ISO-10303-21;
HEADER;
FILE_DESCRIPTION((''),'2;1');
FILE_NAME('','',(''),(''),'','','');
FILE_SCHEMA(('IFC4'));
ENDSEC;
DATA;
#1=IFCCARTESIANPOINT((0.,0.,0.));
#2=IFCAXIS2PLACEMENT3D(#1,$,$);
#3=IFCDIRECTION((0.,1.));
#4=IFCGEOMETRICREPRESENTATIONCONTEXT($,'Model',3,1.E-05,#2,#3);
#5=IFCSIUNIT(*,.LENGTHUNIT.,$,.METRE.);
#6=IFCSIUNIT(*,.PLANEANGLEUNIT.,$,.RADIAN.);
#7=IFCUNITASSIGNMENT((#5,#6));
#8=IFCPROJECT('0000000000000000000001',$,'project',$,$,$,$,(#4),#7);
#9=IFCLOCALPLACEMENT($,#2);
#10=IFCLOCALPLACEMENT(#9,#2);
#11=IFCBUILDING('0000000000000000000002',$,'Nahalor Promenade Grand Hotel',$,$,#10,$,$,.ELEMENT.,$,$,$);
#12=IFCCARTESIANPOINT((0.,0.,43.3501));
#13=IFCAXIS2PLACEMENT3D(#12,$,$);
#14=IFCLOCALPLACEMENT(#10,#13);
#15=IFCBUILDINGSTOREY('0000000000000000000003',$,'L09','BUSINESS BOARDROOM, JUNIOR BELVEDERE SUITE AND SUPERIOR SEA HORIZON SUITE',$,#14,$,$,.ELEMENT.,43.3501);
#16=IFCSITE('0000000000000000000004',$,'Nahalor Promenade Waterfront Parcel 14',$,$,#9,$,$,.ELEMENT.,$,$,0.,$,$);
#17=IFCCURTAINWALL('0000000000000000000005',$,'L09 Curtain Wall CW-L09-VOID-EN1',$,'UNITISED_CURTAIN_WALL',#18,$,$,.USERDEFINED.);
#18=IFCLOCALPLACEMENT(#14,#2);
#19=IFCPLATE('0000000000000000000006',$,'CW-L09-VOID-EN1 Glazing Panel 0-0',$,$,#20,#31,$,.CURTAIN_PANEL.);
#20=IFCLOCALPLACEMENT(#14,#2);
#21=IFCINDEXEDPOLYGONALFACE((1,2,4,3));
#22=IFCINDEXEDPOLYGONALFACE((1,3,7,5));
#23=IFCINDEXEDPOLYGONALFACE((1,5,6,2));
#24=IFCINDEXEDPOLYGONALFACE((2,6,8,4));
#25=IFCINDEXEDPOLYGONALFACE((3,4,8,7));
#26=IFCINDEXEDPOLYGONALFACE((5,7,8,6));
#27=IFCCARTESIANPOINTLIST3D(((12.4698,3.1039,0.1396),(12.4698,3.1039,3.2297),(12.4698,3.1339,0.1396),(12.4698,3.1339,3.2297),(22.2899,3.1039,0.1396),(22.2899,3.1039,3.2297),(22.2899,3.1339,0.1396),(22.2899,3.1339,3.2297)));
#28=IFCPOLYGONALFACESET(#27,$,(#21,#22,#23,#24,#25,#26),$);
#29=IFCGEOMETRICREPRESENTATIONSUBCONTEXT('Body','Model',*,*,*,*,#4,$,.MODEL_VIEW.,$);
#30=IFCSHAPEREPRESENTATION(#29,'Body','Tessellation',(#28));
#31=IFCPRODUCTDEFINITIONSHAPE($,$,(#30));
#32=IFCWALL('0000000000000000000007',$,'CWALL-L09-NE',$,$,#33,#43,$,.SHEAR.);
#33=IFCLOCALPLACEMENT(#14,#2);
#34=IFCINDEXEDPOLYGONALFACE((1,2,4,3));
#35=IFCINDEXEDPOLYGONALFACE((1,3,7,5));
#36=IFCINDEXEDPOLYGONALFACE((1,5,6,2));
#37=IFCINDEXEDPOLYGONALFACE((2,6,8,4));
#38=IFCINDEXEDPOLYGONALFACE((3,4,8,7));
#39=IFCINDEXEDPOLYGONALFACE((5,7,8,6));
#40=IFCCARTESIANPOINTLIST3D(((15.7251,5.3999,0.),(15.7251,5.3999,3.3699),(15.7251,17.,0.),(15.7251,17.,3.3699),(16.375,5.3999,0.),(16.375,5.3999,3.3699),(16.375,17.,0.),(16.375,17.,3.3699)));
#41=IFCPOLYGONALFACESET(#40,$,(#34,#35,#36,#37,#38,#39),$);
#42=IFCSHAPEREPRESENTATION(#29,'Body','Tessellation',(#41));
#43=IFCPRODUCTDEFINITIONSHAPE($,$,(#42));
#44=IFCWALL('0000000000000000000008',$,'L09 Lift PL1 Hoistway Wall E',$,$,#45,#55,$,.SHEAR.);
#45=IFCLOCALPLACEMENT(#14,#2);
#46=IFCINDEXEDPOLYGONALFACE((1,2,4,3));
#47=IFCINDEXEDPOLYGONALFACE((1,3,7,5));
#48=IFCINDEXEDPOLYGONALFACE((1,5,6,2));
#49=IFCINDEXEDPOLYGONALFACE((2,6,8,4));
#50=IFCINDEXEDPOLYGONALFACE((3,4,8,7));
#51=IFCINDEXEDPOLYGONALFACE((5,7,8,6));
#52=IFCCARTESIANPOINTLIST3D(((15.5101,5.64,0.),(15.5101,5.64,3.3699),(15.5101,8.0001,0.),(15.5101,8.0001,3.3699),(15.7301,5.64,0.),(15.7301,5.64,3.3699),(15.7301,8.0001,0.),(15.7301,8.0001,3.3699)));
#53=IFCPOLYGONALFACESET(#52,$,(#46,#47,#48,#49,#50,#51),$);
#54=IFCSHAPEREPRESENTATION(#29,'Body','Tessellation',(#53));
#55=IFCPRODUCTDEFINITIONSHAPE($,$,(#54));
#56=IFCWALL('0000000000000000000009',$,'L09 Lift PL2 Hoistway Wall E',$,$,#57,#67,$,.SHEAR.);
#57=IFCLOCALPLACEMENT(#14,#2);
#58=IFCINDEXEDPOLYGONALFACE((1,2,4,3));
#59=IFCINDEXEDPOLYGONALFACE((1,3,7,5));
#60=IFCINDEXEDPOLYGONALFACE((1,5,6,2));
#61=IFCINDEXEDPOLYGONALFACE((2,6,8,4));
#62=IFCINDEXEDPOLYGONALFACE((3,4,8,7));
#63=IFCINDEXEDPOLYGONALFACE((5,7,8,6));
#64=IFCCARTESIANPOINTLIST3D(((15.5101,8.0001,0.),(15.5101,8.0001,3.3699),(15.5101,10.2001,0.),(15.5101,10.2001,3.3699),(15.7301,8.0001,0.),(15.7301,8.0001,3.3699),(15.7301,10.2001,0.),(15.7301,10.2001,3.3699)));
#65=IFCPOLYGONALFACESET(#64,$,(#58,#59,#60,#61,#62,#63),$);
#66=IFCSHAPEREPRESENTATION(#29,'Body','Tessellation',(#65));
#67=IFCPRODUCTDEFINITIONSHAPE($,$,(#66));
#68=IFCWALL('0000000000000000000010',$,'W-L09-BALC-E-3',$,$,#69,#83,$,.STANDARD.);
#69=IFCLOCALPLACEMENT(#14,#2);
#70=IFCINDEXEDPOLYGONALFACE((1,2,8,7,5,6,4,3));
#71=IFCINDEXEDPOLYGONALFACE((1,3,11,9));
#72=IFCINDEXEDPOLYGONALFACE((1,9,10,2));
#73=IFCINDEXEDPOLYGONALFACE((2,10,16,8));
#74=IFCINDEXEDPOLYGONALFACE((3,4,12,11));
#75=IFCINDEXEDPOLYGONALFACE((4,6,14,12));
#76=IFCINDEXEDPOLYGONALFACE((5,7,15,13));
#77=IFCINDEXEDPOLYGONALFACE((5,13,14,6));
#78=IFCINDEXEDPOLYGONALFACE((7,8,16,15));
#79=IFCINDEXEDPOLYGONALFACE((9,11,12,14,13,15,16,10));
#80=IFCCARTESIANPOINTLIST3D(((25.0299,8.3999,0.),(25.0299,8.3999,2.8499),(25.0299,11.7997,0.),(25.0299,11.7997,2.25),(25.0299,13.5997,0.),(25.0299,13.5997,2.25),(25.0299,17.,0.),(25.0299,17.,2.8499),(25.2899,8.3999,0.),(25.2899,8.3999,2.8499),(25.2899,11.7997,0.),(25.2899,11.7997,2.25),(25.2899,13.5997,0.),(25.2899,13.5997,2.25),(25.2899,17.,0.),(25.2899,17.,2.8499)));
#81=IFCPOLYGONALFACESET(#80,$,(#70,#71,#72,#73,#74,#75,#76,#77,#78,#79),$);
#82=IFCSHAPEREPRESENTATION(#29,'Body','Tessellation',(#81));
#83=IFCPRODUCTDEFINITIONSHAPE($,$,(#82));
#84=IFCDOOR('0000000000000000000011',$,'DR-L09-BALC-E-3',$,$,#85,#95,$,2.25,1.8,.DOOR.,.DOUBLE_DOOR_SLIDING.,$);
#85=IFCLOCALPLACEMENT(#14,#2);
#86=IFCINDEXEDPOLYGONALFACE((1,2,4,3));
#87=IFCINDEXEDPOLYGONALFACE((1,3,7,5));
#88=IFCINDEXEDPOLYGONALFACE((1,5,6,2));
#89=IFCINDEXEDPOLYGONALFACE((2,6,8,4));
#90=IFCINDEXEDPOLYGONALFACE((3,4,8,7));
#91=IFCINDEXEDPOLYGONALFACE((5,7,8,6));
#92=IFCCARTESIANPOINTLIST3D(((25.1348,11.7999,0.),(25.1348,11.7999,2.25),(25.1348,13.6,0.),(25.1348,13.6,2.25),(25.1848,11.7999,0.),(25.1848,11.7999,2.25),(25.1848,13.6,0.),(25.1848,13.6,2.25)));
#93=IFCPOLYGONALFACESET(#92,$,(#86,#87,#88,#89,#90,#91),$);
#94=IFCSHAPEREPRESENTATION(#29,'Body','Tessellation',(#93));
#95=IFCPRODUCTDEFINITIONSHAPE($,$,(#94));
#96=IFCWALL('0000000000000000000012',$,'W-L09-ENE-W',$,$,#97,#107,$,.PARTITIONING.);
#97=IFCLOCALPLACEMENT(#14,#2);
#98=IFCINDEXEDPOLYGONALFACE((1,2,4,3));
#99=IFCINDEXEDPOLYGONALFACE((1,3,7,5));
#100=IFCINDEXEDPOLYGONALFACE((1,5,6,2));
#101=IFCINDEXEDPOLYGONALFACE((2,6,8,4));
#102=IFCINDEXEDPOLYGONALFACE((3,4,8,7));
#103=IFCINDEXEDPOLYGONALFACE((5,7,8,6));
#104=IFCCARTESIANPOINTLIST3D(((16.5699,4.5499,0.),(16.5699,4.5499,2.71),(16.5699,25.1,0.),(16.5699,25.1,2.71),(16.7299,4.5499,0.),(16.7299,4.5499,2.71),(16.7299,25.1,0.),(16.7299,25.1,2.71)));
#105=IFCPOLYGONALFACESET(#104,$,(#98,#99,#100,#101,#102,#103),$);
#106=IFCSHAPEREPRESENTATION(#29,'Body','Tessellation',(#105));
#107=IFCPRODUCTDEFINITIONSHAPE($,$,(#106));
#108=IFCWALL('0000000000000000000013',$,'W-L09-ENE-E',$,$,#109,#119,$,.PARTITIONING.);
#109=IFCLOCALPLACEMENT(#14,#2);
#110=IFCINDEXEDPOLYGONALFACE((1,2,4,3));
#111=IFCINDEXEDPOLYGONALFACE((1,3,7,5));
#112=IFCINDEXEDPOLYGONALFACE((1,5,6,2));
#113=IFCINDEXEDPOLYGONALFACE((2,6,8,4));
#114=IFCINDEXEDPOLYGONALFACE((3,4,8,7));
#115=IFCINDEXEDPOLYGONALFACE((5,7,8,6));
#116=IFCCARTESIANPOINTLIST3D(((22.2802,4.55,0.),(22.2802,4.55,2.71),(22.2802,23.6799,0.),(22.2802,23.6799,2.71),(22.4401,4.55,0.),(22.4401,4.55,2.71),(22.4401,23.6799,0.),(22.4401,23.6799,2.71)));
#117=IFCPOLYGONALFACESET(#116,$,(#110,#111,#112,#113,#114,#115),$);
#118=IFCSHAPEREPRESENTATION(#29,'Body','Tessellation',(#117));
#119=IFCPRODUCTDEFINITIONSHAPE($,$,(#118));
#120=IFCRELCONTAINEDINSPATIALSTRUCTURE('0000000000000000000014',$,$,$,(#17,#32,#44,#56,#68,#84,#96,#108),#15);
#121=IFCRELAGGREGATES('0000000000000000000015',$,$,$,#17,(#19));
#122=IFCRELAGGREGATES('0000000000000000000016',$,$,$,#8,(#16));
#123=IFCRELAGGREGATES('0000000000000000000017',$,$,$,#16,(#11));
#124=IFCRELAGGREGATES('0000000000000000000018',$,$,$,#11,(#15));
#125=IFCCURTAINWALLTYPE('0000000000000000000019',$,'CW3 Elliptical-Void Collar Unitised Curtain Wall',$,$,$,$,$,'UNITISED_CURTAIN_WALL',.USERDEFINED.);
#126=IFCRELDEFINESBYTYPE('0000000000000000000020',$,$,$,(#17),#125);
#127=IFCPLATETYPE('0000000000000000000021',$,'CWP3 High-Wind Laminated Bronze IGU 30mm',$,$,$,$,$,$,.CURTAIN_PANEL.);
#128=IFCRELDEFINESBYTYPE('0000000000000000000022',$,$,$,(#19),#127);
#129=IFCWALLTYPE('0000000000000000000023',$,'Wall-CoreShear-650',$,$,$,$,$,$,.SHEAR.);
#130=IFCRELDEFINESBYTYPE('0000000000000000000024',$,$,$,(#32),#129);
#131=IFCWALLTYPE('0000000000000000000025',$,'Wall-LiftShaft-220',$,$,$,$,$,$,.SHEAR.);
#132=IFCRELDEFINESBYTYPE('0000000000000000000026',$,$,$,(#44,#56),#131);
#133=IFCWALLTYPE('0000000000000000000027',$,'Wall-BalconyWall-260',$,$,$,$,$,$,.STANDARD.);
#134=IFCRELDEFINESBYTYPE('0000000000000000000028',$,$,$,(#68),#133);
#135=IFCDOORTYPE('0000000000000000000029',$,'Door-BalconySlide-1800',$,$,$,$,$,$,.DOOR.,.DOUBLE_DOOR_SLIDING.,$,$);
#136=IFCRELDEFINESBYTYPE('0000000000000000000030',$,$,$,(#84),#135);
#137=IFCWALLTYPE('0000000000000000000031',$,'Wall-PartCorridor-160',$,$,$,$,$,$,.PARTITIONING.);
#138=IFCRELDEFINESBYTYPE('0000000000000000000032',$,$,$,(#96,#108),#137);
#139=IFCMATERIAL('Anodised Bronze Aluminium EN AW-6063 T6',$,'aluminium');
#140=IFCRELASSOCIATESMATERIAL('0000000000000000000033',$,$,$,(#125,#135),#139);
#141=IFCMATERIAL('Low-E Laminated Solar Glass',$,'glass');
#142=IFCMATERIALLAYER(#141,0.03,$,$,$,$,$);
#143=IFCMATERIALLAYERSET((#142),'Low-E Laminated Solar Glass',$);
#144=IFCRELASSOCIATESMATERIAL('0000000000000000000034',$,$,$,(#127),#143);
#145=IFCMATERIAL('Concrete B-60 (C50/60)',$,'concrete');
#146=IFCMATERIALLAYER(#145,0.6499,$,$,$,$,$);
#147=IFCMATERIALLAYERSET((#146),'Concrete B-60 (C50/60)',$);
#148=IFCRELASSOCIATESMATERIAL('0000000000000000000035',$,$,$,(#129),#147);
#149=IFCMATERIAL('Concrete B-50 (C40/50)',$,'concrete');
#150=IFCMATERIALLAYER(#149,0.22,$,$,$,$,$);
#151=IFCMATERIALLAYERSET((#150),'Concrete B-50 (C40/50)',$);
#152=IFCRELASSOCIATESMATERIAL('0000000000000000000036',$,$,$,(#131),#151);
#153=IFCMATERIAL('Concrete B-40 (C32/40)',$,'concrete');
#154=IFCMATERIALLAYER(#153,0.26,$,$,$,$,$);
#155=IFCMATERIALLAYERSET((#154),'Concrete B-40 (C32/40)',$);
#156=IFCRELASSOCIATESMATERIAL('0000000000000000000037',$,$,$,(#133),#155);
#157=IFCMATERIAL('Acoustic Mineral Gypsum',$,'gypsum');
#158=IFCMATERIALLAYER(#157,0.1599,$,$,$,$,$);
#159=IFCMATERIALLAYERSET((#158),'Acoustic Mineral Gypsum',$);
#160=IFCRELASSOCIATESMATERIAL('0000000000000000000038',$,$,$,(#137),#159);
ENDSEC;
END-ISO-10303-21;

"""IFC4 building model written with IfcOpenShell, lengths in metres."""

from ifc_helpers import new_model, si_unit, direction, frame, frame_2d, origin, origin_2d, place, context, subcontext, project, spatial, rectangle, extrude, source, transform, mapped, material, layer, layer_set, type_object, element, fill, aggregate, save


model = new_model("IFC4")

# Units and contexts
model_context = context("Model", 3, precision=1e-05, world=origin(), true_north=direction((0.0, 1.0)))
body_context = subcontext(model_context, "Body", "Model", "MODEL_VIEW")
ifc_project = project(units=[si_unit("LENGTHUNIT", "METRE"), si_unit("PLANEANGLEUNIT", "RADIAN")], contexts=[model_context])

# Site, building, storey
site_placement = place(None, origin())
site = spatial("IfcSite", under=ifc_project, at=site_placement, Name="Nahalor Promenade Waterfront Parcel 14", CompositionType="ELEMENT", RefElevation=0.0)
building_placement = place(site_placement, origin())
building = spatial("IfcBuilding", under=site, at=building_placement, Name="Nahalor Promenade Grand Hotel", CompositionType="ELEMENT")
storey_placement = place(building_placement, frame((0.0, 0.0, 43.3501)))
storey = spatial("IfcBuildingStorey", under=building, at=storey_placement, Name="L09", Description="BUSINESS BOARDROOM, JUNIOR BELVEDERE SUITE AND SUPERIOR SEA HORIZON SUITE", CompositionType="ELEMENT", Elevation=43.3501)

# Shared definitions
ifc_material_1 = material(Name="Anodised Bronze Aluminium EN AW-6063 T6", Category="aluminium")
curtain_wall_type = type_object("IfcCurtainWallType", Name="CW3 Elliptical-Void Collar Unitised Curtain Wall", ElementType="UNITISED_CURTAIN_WALL", PredefinedType="USERDEFINED", material=ifc_material_1)

# Curtain wall
curtain_wall_1_placement = place(storey_placement, origin())
curtain_wall_1 = element("IfcCurtainWall", 1, at=curtain_wall_1_placement, inside=storey, type_object=curtain_wall_type, Name="L09 Curtain Wall CW-L09-VOID-EN1", ObjectType="UNITISED_CURTAIN_WALL", PredefinedType="USERDEFINED")

# Plate
ifc_material_2 = material(Name="Low-E Laminated Solar Glass", Category="glass")
ifc_layer_1 = layer(ifc_material_2, 0.03)
ifc_layer_set_1 = layer_set([ifc_layer_1], Name="Low-E Laminated Solar Glass")
plate_type_1 = type_object("IfcPlateType", Name="CWP3 High-Wind Laminated Bronze IGU 30mm", PredefinedType="CURTAIN_PANEL", material=ifc_layer_set_1)
shared_shape_1 = source(origin(), body_context, "Body", "SweptSolid", [
    extrude(rectangle(XDim=9.8201, YDim=0.03, at=origin_2d()), origin(), (0.0, 0.0, 1.0), 3.0901),
])
plate_1_placement = place(storey_placement, frame((17.3799, 3.1189, 0.1396), z_axis=(0.0, 0.0, 1.0), x_axis=(1.0, 0.0, 0.0)))
plate_1 = element("IfcPlate", 2, at=plate_1_placement, type_object=plate_type_1, Name="CW-L09-VOID-EN1 Glazing Panel 0-0", PredefinedType="CURTAIN_PANEL", context=body_context, shape_type="MappedRepresentation", body=[
    mapped(shared_shape_1, transform((0.0, 0.0, 0.0), scale=1.0)),
])
aggregate(curtain_wall_1, [plate_1])

# Walls
ifc_material_3 = material(Name="Concrete B-60 (C50/60)", Category="concrete")
ifc_layer_2 = layer(ifc_material_3, 0.6499)
ifc_layer_set_2 = layer_set([ifc_layer_2], Name="Concrete B-60 (C50/60)")
wall_type_1 = type_object("IfcWallType", Name="Wall-CoreShear-650", PredefinedType="SHEAR", material=ifc_layer_set_2)
shared_shape_2 = source(origin(), body_context, "Body", "SweptSolid", [
    extrude(rectangle(XDim=11.6001, YDim=0.6499, at=frame_2d((5.8, 0.0))), origin(), (0.0, 0.0, 1.0), 3.3699),
])
wall_1_placement = place(storey_placement, frame((16.05, 5.3999, 0.0), z_axis=(0.0, 0.0, 1.0), x_axis=(0.0, 1.0, 0.0)))
element("IfcWall", 3, at=wall_1_placement, inside=storey, type_object=wall_type_1, Name="CWALL-L09-NE", PredefinedType="SHEAR", context=body_context, shape_type="MappedRepresentation", body=[
    mapped(shared_shape_2, transform((0.0, 0.0, 0.0), scale=1.0)),
])
ifc_material_4 = material(Name="Concrete B-50 (C40/50)", Category="concrete")
ifc_layer_3 = layer(ifc_material_4, 0.22)
ifc_layer_set_3 = layer_set([ifc_layer_3], Name="Concrete B-50 (C40/50)")
wall_type_2 = type_object("IfcWallType", Name="Wall-LiftShaft-220", PredefinedType="SHEAR", material=ifc_layer_set_3)
shared_shape_3 = source(origin(), body_context, "Body", "SweptSolid", [
    extrude(rectangle(XDim=2.3601, YDim=0.22, at=frame_2d((1.1802, 0.0))), origin(), (0.0, 0.0, 1.0), 3.3699),
])
wall_2_placement = place(storey_placement, frame((15.6201, 5.6399, 0.0), z_axis=(0.0, 0.0, 1.0), x_axis=(0.0, 1.0, 0.0)))
element("IfcWall", 4, at=wall_2_placement, inside=storey, type_object=wall_type_2, Name="L09 Lift PL1 Hoistway Wall E", PredefinedType="SHEAR", context=body_context, shape_type="MappedRepresentation", body=[
    mapped(shared_shape_3, transform((0.0, 0.0, 0.0), scale=1.0)),
])
shared_shape_4 = source(origin(), body_context, "Body", "SweptSolid", [
    extrude(rectangle(XDim=2.2, YDim=0.22, at=frame_2d((1.1001, 0.0))), origin(), (0.0, 0.0, 1.0), 3.3699),
])
wall_3_placement = place(storey_placement, frame((15.6201, 8.0, 0.0), z_axis=(0.0, 0.0, 1.0), x_axis=(0.0, 1.0, 0.0)))
element("IfcWall", 5, at=wall_3_placement, inside=storey, type_object=wall_type_2, Name="L09 Lift PL2 Hoistway Wall E", PredefinedType="SHEAR", context=body_context, shape_type="MappedRepresentation", body=[
    mapped(shared_shape_4, transform((0.0, 0.0, 0.0), scale=1.0)),
])

# Wall, opening, door
ifc_material_5 = material(Name="Concrete B-40 (C32/40)", Category="concrete")
ifc_layer_4 = layer(ifc_material_5, 0.26)
ifc_layer_set_4 = layer_set([ifc_layer_4], Name="Concrete B-40 (C32/40)")
wall_type_3 = type_object("IfcWallType", Name="Wall-BalconyWall-260", PredefinedType="STANDARD", material=ifc_layer_set_4)
shared_shape_5 = source(origin(), body_context, "Body", "SweptSolid", [
    extrude(rectangle(XDim=8.6001, YDim=0.26, at=frame_2d((4.3, 0.0))), origin(), (0.0, 0.0, 1.0), 2.8499),
])
wall_4_placement = place(storey_placement, frame((25.1599, 8.3999, 0.0), z_axis=(0.0, 0.0, 1.0), x_axis=(0.0, 1.0, 0.0)))
wall_4 = element("IfcWall", 6, at=wall_4_placement, inside=storey, type_object=wall_type_3, Name="W-L09-BALC-E-3", PredefinedType="STANDARD", context=body_context, shape_type="MappedRepresentation", body=[
    mapped(shared_shape_5, transform((0.0, 0.0, 0.0), scale=1.0)),
])
opening_1_placement = place(wall_4_placement, frame((3.3999, 0.0, 0.0)))
opening_1 = element("IfcOpeningElement", 7, at=opening_1_placement, cuts=wall_4, PredefinedType="OPENING", context=body_context, shape_type="SweptSolid", body=[
    extrude(rectangle(XDim=1.8, YDim=2.25, at=frame_2d((0.8999, 1.125))), frame((0.0, 0.1399, 0.0), z_axis=(0.0, -1.0, 0.0), x_axis=(1.0, 0.0, 0.0)), (0.0, 0.0, 1.0), 0.28),
])
door_type_1 = type_object("IfcDoorType", Name="Door-BalconySlide-1800", OperationType="DOUBLE_DOOR_SLIDING", PredefinedType="DOOR", material=ifc_material_1)
shared_shape_6 = source(origin(), body_context, "Body", "SweptSolid", [
    extrude(rectangle(XDim=1.8, YDim=2.25, at=frame_2d((0.8999, 1.125))), frame((0.0, 0.0249, 0.0), z_axis=(0.0, -1.0, 0.0), x_axis=(1.0, 0.0, 0.0)), (0.0, 0.0, 1.0), 0.05),
])
door_1_placement = place(opening_1_placement, frame((1.8, 0.0, 0.0), z_axis=(0.0, 0.0, 1.0), x_axis=(-1.0, 0.0, 0.0)))
door_1 = element("IfcDoor", 8, at=door_1_placement, inside=storey, type_object=door_type_1, Name="DR-L09-BALC-E-3", OperationType="DOUBLE_DOOR_SLIDING", OverallHeight=2.25, OverallWidth=1.8, PredefinedType="DOOR", context=body_context, shape_type="MappedRepresentation", body=[
    mapped(shared_shape_6, transform((0.0, 0.0, 0.0), scale=1.0)),
])
fill(opening_1, door_1)
ifc_material_6 = material(Name="Acoustic Mineral Gypsum", Category="gypsum")
ifc_layer_5 = layer(ifc_material_6, 0.1599)
ifc_layer_set_5 = layer_set([ifc_layer_5], Name="Acoustic Mineral Gypsum")
wall_type_4 = type_object("IfcWallType", Name="Wall-PartCorridor-160", PredefinedType="PARTITIONING", material=ifc_layer_set_5)

# Walls
shared_shape_7 = source(origin(), body_context, "Body", "SweptSolid", [
    extrude(rectangle(XDim=20.55, YDim=0.1599, at=frame_2d((10.2749, 0.0))), origin(), (0.0, 0.0, 1.0), 2.71),
])
wall_5_placement = place(storey_placement, frame((16.6499, 4.55, 0.0), z_axis=(0.0, 0.0, 1.0), x_axis=(0.0, 1.0, 0.0)))
element("IfcWall", 9, at=wall_5_placement, inside=storey, type_object=wall_type_4, Name="W-L09-ENE-W", PredefinedType="PARTITIONING", context=body_context, shape_type="MappedRepresentation", body=[
    mapped(shared_shape_7, transform((0.0, 0.0, 0.0), scale=1.0)),
])
shared_shape_8 = source(origin(), body_context, "Body", "SweptSolid", [
    extrude(rectangle(XDim=19.1299, YDim=0.1599, at=frame_2d((9.5649, 0.0))), origin(), (0.0, 0.0, 1.0), 2.71),
])
wall_6_placement = place(storey_placement, frame((22.3601, 4.55, 0.0), z_axis=(0.0, 0.0, 1.0), x_axis=(0.0, 1.0, 0.0)))
element("IfcWall", 10, at=wall_6_placement, inside=storey, type_object=wall_type_4, Name="W-L09-ENE-E", PredefinedType="PARTITIONING", context=body_context, shape_type="MappedRepresentation", body=[
    mapped(shared_shape_8, transform((0.0, 0.0, 0.0), scale=1.0)),
])

save(model, "model.ifc")
